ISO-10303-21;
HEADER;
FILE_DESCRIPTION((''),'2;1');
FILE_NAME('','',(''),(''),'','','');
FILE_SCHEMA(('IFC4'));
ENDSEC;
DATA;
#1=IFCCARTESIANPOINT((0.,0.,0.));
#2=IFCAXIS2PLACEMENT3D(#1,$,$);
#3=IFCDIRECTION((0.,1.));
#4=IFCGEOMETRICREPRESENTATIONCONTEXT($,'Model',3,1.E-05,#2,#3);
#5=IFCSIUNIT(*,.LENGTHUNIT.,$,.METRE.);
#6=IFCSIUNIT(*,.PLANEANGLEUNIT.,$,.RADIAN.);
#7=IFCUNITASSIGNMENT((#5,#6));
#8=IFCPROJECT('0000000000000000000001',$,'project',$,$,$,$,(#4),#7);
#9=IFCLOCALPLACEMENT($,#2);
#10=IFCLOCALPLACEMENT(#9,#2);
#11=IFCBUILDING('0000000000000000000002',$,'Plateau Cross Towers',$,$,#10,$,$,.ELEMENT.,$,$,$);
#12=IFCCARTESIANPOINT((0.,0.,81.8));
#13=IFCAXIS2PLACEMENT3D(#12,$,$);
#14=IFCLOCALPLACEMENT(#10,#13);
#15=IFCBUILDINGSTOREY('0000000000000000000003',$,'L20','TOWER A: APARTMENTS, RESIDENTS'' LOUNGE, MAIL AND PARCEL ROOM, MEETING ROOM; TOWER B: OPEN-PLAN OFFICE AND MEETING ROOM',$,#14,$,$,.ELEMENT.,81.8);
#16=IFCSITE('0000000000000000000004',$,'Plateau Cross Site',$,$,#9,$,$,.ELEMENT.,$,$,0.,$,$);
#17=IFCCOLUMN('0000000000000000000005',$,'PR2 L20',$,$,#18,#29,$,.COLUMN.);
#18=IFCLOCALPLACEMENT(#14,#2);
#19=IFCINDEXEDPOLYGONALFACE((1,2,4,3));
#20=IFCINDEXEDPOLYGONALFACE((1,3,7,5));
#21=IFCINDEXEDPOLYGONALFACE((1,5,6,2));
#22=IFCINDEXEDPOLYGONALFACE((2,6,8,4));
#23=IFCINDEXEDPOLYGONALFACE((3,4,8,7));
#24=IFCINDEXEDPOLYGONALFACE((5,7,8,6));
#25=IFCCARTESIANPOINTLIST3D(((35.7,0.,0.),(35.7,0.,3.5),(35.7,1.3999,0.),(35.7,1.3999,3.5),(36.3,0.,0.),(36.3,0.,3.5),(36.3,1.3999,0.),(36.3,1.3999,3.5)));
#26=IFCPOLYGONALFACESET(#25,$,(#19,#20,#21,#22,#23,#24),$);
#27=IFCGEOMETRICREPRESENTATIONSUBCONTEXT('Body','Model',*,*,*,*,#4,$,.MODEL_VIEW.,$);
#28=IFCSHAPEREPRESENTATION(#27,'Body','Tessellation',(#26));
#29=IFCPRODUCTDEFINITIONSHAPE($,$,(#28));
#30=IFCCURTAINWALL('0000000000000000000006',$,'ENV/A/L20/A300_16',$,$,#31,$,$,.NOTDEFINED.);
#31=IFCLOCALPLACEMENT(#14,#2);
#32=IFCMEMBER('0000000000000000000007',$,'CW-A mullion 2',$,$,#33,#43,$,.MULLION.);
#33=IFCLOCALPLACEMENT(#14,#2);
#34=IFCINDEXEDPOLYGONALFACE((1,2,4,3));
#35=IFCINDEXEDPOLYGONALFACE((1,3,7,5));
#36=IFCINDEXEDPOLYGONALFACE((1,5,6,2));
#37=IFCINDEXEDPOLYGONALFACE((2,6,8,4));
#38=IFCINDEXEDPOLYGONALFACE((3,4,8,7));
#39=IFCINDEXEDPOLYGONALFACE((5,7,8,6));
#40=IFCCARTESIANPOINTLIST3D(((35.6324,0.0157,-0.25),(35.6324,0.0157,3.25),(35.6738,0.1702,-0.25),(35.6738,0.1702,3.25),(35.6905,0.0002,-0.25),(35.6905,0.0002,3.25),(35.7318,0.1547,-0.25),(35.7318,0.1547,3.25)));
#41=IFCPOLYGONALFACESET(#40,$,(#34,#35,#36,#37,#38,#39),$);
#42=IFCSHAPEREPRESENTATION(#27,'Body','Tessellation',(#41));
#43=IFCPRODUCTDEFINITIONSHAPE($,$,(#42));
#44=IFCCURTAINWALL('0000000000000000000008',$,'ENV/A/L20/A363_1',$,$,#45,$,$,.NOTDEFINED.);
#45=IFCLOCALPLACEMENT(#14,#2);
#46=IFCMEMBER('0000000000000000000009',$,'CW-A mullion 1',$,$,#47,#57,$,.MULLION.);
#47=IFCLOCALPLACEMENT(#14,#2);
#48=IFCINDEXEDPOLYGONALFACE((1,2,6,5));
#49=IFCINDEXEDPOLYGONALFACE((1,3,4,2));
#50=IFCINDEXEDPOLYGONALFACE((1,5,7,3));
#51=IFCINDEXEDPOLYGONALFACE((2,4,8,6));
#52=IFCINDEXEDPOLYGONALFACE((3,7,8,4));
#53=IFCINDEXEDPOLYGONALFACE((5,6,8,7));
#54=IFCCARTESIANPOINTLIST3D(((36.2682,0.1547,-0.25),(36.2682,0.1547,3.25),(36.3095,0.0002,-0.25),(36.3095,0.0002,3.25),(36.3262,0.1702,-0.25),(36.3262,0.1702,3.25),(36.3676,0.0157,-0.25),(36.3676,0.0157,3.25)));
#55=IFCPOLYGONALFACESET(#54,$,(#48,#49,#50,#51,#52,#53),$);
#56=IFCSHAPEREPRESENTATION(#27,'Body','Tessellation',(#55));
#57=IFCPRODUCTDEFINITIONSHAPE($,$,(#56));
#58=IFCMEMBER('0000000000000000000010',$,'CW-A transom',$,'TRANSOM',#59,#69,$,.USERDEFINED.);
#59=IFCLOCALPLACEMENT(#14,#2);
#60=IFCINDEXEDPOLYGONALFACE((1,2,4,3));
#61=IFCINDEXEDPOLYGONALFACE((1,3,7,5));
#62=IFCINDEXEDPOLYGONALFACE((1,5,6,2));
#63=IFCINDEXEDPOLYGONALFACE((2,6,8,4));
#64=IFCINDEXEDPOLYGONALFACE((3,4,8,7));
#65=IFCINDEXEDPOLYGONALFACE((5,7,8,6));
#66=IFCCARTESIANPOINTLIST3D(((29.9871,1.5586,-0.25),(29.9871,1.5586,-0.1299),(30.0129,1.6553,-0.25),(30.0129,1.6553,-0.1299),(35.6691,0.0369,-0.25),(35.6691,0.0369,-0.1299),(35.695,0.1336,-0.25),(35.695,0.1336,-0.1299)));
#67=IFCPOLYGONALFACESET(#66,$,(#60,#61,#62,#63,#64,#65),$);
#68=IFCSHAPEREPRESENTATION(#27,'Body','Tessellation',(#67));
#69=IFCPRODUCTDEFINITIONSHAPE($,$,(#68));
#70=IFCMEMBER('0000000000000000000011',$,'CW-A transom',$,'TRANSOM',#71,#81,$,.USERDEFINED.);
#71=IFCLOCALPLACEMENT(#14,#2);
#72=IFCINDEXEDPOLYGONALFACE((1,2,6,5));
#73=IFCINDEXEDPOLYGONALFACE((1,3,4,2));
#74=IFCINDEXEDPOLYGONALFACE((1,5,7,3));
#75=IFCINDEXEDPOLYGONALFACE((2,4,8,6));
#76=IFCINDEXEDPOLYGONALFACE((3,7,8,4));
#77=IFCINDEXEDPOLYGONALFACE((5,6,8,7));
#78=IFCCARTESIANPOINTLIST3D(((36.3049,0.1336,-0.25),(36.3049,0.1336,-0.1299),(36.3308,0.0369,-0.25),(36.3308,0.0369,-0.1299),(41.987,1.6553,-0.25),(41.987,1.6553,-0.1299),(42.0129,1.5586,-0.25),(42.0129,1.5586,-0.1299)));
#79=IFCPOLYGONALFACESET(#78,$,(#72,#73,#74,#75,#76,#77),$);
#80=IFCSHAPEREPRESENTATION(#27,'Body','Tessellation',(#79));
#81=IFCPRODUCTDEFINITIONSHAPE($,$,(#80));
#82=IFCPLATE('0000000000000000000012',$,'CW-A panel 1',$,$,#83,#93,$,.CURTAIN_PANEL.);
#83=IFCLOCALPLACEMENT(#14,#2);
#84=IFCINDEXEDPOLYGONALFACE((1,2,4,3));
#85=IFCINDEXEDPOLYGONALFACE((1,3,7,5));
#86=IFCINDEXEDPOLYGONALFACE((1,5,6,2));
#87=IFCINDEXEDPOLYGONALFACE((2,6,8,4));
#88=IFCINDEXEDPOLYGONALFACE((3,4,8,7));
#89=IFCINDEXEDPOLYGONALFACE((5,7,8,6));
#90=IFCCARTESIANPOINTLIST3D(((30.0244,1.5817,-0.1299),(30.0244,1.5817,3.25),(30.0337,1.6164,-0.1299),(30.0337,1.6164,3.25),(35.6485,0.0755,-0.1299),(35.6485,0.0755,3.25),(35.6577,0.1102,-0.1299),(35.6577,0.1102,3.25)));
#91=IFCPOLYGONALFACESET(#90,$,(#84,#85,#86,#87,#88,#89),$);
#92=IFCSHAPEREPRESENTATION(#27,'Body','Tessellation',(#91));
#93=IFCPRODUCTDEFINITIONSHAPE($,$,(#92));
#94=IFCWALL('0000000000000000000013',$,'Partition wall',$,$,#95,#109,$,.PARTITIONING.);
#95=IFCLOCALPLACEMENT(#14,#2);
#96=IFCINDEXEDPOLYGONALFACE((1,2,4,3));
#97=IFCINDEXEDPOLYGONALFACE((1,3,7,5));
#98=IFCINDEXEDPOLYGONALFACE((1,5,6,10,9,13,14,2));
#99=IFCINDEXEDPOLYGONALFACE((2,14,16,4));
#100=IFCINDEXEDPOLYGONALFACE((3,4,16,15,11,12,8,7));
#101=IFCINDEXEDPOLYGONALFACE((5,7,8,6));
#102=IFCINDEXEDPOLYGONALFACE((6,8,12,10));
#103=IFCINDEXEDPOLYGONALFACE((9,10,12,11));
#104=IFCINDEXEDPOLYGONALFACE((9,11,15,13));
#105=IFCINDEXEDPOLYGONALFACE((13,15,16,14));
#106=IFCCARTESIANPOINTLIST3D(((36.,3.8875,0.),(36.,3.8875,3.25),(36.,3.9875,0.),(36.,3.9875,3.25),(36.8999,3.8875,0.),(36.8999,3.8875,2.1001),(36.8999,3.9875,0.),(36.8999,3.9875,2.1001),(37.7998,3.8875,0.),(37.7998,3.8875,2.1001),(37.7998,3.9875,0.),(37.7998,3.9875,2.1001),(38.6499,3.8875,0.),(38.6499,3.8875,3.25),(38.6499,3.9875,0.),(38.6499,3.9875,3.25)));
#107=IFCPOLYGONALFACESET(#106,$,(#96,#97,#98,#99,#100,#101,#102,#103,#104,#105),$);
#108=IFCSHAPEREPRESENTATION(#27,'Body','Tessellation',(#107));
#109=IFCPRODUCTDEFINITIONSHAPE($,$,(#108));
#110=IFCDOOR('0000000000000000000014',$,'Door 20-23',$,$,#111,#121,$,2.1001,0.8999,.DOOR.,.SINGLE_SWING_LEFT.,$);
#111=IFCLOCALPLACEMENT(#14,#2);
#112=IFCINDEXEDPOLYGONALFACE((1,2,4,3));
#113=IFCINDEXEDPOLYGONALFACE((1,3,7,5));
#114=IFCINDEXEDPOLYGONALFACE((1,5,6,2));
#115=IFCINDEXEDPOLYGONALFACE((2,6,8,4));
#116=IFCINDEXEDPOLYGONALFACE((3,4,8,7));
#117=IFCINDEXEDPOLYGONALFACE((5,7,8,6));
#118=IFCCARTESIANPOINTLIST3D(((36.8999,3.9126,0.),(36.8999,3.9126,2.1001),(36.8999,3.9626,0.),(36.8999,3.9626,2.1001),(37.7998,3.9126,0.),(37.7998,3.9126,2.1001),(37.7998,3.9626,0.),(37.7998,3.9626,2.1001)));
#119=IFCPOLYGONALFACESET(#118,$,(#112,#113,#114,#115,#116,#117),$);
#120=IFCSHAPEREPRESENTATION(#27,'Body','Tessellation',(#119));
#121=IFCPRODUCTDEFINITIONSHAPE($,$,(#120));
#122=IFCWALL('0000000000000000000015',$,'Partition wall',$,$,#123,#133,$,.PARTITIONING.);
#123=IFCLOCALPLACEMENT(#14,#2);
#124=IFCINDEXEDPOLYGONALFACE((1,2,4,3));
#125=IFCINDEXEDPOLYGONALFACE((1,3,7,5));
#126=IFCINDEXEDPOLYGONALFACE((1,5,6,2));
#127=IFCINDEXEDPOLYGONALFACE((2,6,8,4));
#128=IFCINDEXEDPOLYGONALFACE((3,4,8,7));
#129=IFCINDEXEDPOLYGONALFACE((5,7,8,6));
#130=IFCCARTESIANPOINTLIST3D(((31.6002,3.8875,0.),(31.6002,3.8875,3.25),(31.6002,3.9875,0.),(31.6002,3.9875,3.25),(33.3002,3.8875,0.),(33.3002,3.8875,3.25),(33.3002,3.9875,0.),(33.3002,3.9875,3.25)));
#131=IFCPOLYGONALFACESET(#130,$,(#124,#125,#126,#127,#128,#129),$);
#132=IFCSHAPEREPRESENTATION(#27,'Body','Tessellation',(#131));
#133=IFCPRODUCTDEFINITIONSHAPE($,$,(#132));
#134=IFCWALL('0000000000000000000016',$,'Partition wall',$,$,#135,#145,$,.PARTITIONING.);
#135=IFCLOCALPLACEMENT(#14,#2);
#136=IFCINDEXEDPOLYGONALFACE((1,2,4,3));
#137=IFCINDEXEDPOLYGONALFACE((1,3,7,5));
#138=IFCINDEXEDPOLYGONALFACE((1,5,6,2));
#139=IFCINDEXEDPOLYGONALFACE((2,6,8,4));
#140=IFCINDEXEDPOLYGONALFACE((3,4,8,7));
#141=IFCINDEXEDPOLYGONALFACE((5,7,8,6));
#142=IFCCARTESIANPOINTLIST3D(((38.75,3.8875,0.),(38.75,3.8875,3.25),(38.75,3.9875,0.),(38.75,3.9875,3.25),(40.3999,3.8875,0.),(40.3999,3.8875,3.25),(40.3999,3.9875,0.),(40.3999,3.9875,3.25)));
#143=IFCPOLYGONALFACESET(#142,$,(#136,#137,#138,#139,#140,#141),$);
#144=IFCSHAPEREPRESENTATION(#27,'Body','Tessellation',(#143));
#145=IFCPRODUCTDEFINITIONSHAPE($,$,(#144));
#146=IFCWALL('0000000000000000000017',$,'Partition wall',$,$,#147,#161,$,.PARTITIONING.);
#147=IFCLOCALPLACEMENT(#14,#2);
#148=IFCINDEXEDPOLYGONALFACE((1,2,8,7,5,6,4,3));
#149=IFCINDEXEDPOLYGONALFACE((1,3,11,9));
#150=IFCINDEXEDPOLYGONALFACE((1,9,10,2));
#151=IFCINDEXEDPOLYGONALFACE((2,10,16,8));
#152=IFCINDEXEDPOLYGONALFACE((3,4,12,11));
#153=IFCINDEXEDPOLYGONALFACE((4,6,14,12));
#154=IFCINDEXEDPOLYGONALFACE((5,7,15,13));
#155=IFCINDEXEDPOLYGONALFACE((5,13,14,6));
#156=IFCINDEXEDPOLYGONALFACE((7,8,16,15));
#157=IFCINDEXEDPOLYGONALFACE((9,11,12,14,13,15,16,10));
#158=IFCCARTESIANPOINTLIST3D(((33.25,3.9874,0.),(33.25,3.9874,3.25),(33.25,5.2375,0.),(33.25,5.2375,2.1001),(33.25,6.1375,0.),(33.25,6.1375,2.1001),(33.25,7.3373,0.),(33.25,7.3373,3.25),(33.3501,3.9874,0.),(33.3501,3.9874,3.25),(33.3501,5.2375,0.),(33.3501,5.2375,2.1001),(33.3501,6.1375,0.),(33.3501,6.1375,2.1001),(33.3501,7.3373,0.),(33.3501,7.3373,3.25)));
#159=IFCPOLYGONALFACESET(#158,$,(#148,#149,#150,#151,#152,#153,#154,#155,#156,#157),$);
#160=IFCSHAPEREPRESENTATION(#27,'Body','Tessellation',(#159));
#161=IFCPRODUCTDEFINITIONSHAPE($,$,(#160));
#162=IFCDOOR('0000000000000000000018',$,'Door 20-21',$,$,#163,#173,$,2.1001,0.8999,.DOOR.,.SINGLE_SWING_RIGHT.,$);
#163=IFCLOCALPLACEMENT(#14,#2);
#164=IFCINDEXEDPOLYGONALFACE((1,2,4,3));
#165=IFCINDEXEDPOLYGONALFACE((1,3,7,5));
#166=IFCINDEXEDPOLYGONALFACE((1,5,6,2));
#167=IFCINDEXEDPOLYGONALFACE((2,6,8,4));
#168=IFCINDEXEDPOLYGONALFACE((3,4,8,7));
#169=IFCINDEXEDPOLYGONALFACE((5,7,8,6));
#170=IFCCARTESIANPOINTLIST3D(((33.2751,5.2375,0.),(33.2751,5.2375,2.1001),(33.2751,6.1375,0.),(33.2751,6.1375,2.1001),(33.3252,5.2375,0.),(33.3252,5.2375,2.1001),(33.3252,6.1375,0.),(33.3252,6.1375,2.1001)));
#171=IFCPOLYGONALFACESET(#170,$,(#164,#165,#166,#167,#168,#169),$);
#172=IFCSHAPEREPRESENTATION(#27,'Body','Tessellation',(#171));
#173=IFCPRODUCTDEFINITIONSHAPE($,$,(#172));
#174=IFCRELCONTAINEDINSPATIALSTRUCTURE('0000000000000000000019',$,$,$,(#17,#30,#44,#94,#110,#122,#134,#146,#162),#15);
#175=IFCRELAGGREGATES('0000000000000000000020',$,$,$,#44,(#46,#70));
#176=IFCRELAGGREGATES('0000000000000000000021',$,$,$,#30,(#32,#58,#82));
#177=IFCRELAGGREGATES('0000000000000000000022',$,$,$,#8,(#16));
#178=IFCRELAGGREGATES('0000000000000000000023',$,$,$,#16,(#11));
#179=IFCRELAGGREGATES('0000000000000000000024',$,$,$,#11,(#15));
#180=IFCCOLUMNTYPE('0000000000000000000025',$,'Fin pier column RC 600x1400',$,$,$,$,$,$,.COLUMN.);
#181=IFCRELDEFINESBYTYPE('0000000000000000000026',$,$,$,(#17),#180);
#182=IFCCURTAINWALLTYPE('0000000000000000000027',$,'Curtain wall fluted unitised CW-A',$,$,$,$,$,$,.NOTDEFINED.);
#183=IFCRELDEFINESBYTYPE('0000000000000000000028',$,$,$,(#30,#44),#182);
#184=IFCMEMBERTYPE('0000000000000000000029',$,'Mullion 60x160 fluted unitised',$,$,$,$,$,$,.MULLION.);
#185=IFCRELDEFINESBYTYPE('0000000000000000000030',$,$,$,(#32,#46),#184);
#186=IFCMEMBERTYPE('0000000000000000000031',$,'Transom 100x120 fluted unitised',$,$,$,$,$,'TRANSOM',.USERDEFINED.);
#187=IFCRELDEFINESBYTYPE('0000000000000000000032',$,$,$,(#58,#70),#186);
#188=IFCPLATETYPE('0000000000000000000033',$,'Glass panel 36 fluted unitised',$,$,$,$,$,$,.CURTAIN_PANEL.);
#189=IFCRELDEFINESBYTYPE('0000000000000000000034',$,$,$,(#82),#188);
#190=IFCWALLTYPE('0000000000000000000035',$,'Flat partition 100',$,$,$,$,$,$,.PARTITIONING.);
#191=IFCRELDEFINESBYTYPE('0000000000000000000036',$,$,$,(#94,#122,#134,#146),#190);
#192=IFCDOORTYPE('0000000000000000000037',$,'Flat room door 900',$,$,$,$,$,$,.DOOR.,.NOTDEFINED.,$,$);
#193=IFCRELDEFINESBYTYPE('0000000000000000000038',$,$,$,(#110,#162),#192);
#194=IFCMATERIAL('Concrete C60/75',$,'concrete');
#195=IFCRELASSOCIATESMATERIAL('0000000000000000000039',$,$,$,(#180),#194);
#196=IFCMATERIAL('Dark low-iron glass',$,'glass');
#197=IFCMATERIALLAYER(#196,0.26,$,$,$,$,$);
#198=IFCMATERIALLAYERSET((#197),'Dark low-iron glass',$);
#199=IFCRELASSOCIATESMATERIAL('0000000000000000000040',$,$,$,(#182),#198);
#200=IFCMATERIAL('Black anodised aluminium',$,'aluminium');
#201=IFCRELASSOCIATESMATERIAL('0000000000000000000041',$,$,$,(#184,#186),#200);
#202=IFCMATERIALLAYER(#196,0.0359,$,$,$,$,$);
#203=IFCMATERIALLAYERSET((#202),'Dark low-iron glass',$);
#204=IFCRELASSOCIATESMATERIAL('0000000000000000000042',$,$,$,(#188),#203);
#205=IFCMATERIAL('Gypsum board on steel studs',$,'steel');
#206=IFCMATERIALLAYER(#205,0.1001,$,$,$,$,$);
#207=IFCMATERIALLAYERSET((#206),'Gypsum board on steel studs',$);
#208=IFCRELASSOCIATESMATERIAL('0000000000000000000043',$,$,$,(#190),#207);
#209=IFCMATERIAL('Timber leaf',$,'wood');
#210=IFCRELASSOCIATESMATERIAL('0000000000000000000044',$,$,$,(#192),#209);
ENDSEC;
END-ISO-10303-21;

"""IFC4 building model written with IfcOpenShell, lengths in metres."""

from ifc_helpers import new_model, si_unit, direction, frame, frame_2d, origin, origin_2d, place, context, subcontext, project, spatial, rectangle, extrude, material, layer, layer_set, material_profile, profile_set, type_object, element, fill, aggregate, save


model = new_model("IFC4")

# Units and contexts
model_context = context("Model", 3, precision=1e-05, world=origin(), true_north=direction((0.0, 1.0)))
body_context = subcontext(model_context, "Body", "Model", "MODEL_VIEW")
ifc_project = project(units=[si_unit("LENGTHUNIT", "METRE"), si_unit("PLANEANGLEUNIT", "RADIAN")], contexts=[model_context])

# Site, building, storey
site_placement = place(None, origin())
site = spatial("IfcSite", under=ifc_project, at=site_placement, Name="Plateau Cross Site", CompositionType="ELEMENT", RefElevation=0.0)
building_placement = place(site_placement, origin())
building = spatial("IfcBuilding", under=site, at=building_placement, Name="Plateau Cross Towers", CompositionType="ELEMENT")
storey_placement = place(building_placement, frame((0.0, 0.0, 81.8)))
storey = spatial("IfcBuildingStorey", under=building, at=storey_placement, Name="L20", Description="TOWER A: APARTMENTS, RESIDENTS' LOUNGE, MAIL AND PARCEL ROOM, MEETING ROOM; TOWER B: OPEN-PLAN OFFICE AND MEETING ROOM", CompositionType="ELEMENT", Elevation=81.8)

# Column
ifc_material_1 = material(Name="Concrete C60/75", Category="concrete")
ifc_material_profile_1 = material_profile(ifc_material_1, rectangle(XDim=0.6001, YDim=1.3999, at=origin_2d()), Name="RC 600x1400")
ifc_profile_set_1 = profile_set([ifc_material_profile_1], Name="Concrete C60/75")
column_type = type_object("IfcColumnType", Name="Fin pier column RC 600x1400", PredefinedType="COLUMN", material=ifc_profile_set_1)
column_placement = place(storey_placement, frame((36.0, 0.7, 0.0), z_axis=(0.0, 0.0, 1.0), x_axis=(1.0, 0.0, 0.0)))
element("IfcColumn", 1, at=column_placement, inside=storey, type_object=column_type, Name="PR2 L20", PredefinedType="COLUMN", context=body_context, shape_type="SweptSolid", body=[
    extrude(rectangle(XDim=0.6001, YDim=1.3999, at=origin_2d()), origin(), (0.0, 0.0, 1.0), 3.5),
])

# Curtain walls, members
ifc_material_2 = material(Name="Dark low-iron glass", Category="glass")
ifc_layer_1 = layer(ifc_material_2, 0.26)
ifc_layer_set_1 = layer_set([ifc_layer_1], Name="Dark low-iron glass")
curtain_wall_type = type_object("IfcCurtainWallType", Name="Curtain wall fluted unitised CW-A", PredefinedType="NOTDEFINED", material=ifc_layer_set_1)
curtain_wall_1_placement = place(storey_placement, origin())
curtain_wall_1 = element("IfcCurtainWall", 2, at=curtain_wall_1_placement, inside=storey, type_object=curtain_wall_type, Name="ENV/A/L20/A300_16", PredefinedType="NOTDEFINED")
ifc_material_3 = material(Name="Black anodised aluminium", Category="aluminium")
ifc_material_profile_2 = material_profile(ifc_material_3, rectangle(XDim=0.0601, YDim=0.1599, at=origin_2d()), Name="MULLION 60x160")
ifc_profile_set_2 = profile_set([ifc_material_profile_2], Name="Black anodised aluminium")
member_type_1 = type_object("IfcMemberType", Name="Mullion 60x160 fluted unitised", PredefinedType="MULLION", material=ifc_profile_set_2)
member_1_placement = place(storey_placement, frame((35.6821, 0.0852, -0.25), z_axis=(0.0, 0.0, 1.0), x_axis=(0.965958, -0.258699, 0.0)))
member_1 = element("IfcMember", 3, at=member_1_placement, type_object=member_type_1, Name="CW-A mullion 2", PredefinedType="MULLION", context=body_context, shape_type="SweptSolid", body=[
    extrude(rectangle(XDim=0.0601, YDim=0.1599, at=origin_2d()), origin(), (0.0, 0.0, 1.0), 3.5),
])
curtain_wall_2_placement = place(storey_placement, origin())
curtain_wall_2 = element("IfcCurtainWall", 4, at=curtain_wall_2_placement, inside=storey, type_object=curtain_wall_type, Name="ENV/A/L20/A363_1", PredefinedType="NOTDEFINED")
member_2_placement = place(storey_placement, frame((36.3179, 0.0852, -0.25), z_axis=(0.0, 0.0, 1.0), x_axis=(0.965958, 0.258699, 0.0)))
member_2 = element("IfcMember", 5, at=member_2_placement, type_object=member_type_1, Name="CW-A mullion 1", PredefinedType="MULLION", context=body_context, shape_type="SweptSolid", body=[
    extrude(rectangle(XDim=0.0601, YDim=0.1599, at=origin_2d()), origin(), (0.0, 0.0, 1.0), 3.5),
])

# Members
ifc_material_profile_3 = material_profile(ifc_material_3, rectangle(XDim=0.1001, YDim=0.1201, at=origin_2d()), Name="TRANSOM 100x120")
ifc_profile_set_3 = profile_set([ifc_material_profile_3], Name="Black anodised aluminium")
member_type_2 = type_object("IfcMemberType", Name="Transom 100x120 fluted unitised", ElementType="TRANSOM", PredefinedType="USERDEFINED", material=ifc_profile_set_3)
member_3_placement = place(storey_placement, frame((30.0, 1.6069, -0.1899), z_axis=(0.96596, -0.258693, 0.0), x_axis=(0.258693, 0.96596, 0.0)))
member_3 = element("IfcMember", 6, at=member_3_placement, type_object=member_type_2, Name="CW-A transom", ObjectType="TRANSOM", PredefinedType="USERDEFINED", context=body_context, shape_type="SweptSolid", body=[
    extrude(rectangle(XDim=0.1001, YDim=0.1201, at=origin_2d()), origin(), (0.0, 0.0, 1.0), 5.8823),
])
member_4_placement = place(storey_placement, frame((36.3179, 0.0852, -0.1899), z_axis=(0.96596, 0.258693, 0.0), x_axis=(-0.258693, 0.96596, 0.0)))
member_4 = element("IfcMember", 7, at=member_4_placement, type_object=member_type_2, Name="CW-A transom", ObjectType="TRANSOM", PredefinedType="USERDEFINED", context=body_context, shape_type="SweptSolid", body=[
    extrude(rectangle(XDim=0.1001, YDim=0.1201, at=origin_2d()), origin(), (0.0, 0.0, 1.0), 5.8823),
])
aggregate(curtain_wall_2, [member_2, member_4])

# Plate
ifc_layer_2 = layer(ifc_material_2, 0.0359)
ifc_layer_set_2 = layer_set([ifc_layer_2], Name="Dark low-iron glass")
plate_type = type_object("IfcPlateType", Name="Glass panel 36 fluted unitised", PredefinedType="CURTAIN_PANEL", material=ifc_layer_set_2)
plate_placement = place(storey_placement, frame((32.8411, 0.8459, -0.1299), z_axis=(0.0, 0.0, 1.0), x_axis=(0.965958, -0.258699, 0.0)))
plate = element("IfcPlate", 8, at=plate_placement, type_object=plate_type, Name="CW-A panel 1", PredefinedType="CURTAIN_PANEL", context=body_context, shape_type="SweptSolid", body=[
    extrude(rectangle(XDim=5.8223, YDim=0.0359, at=origin_2d()), origin(), (0.0, 0.0, 1.0), 3.3799),
])
aggregate(curtain_wall_1, [member_1, member_3, plate])

# Wall, opening, door
ifc_material_4 = material(Name="Gypsum board on steel studs", Category="steel")
ifc_layer_3 = layer(ifc_material_4, 0.1001)
ifc_layer_set_3 = layer_set([ifc_layer_3], Name="Gypsum board on steel studs")
wall_type_1 = type_object("IfcWallType", Name="Flat partition 100", PredefinedType="PARTITIONING", material=ifc_layer_set_3)
wall_1_placement = place(storey_placement, frame((38.6499, 3.9375, 0.0), z_axis=(0.0, 0.0, 1.0), x_axis=(-1.0, 0.0, 0.0)))
wall_1 = element("IfcWall", 9, at=wall_1_placement, inside=storey, type_object=wall_type_1, Name="Partition wall", PredefinedType="PARTITIONING", context=body_context, shape_type="SweptSolid", body=[
    extrude(rectangle(XDim=2.6499, YDim=0.1001, at=frame_2d((1.325, 0.0))), origin(), (0.0, 0.0, 1.0), 3.25),
])
opening_1_placement = place(wall_1_placement, frame((0.8501, 0.0, 0.0)))
opening_1 = element("IfcOpeningElement", 10, at=opening_1_placement, cuts=wall_1, PredefinedType="OPENING", context=body_context, shape_type="SweptSolid", body=[
    extrude(rectangle(XDim=0.8999, YDim=2.1001, at=frame_2d((0.45, 1.05))), frame((0.0, 0.0601, 0.0), z_axis=(0.0, -1.0, 0.0), x_axis=(1.0, 0.0, 0.0)), (0.0, 0.0, 1.0), 0.1201),
])
ifc_material_5 = material(Name="Timber leaf", Category="wood")
door_type = type_object("IfcDoorType", Name="Flat room door 900", OperationType="NOTDEFINED", PredefinedType="DOOR", material=ifc_material_5)
door_1_placement = place(opening_1_placement, origin())
door_1 = element("IfcDoor", 11, at=door_1_placement, inside=storey, type_object=door_type, Name="Door 20-23", OperationType="SINGLE_SWING_LEFT", OverallHeight=2.1001, OverallWidth=0.8999, PredefinedType="DOOR", context=body_context, shape_type="SweptSolid", body=[
    extrude(rectangle(XDim=0.8999, YDim=2.1001, at=frame_2d((0.45, 1.05))), frame((0.0, 0.0249, 0.0), z_axis=(0.0, -1.0, 0.0), x_axis=(1.0, 0.0, 0.0)), (0.0, 0.0, 1.0), 0.05),
])
fill(opening_1, door_1)

# Walls
wall_2_placement = place(storey_placement, frame((31.6001, 3.9375, 0.0), z_axis=(0.0, 0.0, 1.0), x_axis=(1.0, 0.0, 0.0)))
element("IfcWall", 12, at=wall_2_placement, inside=storey, type_object=wall_type_1, Name="Partition wall", PredefinedType="PARTITIONING", context=body_context, shape_type="SweptSolid", body=[
    extrude(rectangle(XDim=1.7, YDim=0.1001, at=frame_2d((0.8501, 0.0))), origin(), (0.0, 0.0, 1.0), 3.25),
])
wall_3_placement = place(storey_placement, frame((38.75, 3.9375, 0.0), z_axis=(0.0, 0.0, 1.0), x_axis=(1.0, 0.0, 0.0)))
element("IfcWall", 13, at=wall_3_placement, inside=storey, type_object=wall_type_1, Name="Partition wall", PredefinedType="PARTITIONING", context=body_context, shape_type="SweptSolid", body=[
    extrude(rectangle(XDim=1.6499, YDim=0.1001, at=frame_2d((0.825, 0.0))), origin(), (0.0, 0.0, 1.0), 3.25),
])

# Wall, opening, door
wall_4_placement = place(storey_placement, frame((33.3, 3.9875, 0.0), z_axis=(0.0, 0.0, 1.0), x_axis=(0.0, 1.0, 0.0)))
wall_4 = element("IfcWall", 14, at=wall_4_placement, inside=storey, type_object=wall_type_1, Name="Partition wall", PredefinedType="PARTITIONING", context=body_context, shape_type="SweptSolid", body=[
    extrude(rectangle(XDim=3.3499, YDim=0.1001, at=frame_2d((1.6748, 0.0))), origin(), (0.0, 0.0, 1.0), 3.25),
])
opening_2_placement = place(wall_4_placement, frame((1.25, 0.0, 0.0)))
opening_2 = element("IfcOpeningElement", 15, at=opening_2_placement, cuts=wall_4, PredefinedType="OPENING", context=body_context, shape_type="SweptSolid", body=[
    extrude(rectangle(XDim=0.8999, YDim=2.1001, at=frame_2d((0.45, 1.05))), frame((0.0, 0.0601, 0.0), z_axis=(0.0, -1.0, 0.0), x_axis=(1.0, 0.0, 0.0)), (0.0, 0.0, 1.0), 0.1201),
])
door_2_placement = place(opening_2_placement, origin())
door_2 = element("IfcDoor", 16, at=door_2_placement, inside=storey, type_object=door_type, Name="Door 20-21", OperationType="SINGLE_SWING_RIGHT", OverallHeight=2.1001, OverallWidth=0.8999, PredefinedType="DOOR", context=body_context, shape_type="SweptSolid", body=[
    extrude(rectangle(XDim=0.8999, YDim=2.1001, at=frame_2d((0.45, 1.05))), frame((0.0, 0.0249, 0.0), z_axis=(0.0, -1.0, 0.0), x_axis=(1.0, 0.0, 0.0)), (0.0, 0.0, 1.0), 0.05),
])
fill(opening_2, door_2)

save(model, "model.ifc")
